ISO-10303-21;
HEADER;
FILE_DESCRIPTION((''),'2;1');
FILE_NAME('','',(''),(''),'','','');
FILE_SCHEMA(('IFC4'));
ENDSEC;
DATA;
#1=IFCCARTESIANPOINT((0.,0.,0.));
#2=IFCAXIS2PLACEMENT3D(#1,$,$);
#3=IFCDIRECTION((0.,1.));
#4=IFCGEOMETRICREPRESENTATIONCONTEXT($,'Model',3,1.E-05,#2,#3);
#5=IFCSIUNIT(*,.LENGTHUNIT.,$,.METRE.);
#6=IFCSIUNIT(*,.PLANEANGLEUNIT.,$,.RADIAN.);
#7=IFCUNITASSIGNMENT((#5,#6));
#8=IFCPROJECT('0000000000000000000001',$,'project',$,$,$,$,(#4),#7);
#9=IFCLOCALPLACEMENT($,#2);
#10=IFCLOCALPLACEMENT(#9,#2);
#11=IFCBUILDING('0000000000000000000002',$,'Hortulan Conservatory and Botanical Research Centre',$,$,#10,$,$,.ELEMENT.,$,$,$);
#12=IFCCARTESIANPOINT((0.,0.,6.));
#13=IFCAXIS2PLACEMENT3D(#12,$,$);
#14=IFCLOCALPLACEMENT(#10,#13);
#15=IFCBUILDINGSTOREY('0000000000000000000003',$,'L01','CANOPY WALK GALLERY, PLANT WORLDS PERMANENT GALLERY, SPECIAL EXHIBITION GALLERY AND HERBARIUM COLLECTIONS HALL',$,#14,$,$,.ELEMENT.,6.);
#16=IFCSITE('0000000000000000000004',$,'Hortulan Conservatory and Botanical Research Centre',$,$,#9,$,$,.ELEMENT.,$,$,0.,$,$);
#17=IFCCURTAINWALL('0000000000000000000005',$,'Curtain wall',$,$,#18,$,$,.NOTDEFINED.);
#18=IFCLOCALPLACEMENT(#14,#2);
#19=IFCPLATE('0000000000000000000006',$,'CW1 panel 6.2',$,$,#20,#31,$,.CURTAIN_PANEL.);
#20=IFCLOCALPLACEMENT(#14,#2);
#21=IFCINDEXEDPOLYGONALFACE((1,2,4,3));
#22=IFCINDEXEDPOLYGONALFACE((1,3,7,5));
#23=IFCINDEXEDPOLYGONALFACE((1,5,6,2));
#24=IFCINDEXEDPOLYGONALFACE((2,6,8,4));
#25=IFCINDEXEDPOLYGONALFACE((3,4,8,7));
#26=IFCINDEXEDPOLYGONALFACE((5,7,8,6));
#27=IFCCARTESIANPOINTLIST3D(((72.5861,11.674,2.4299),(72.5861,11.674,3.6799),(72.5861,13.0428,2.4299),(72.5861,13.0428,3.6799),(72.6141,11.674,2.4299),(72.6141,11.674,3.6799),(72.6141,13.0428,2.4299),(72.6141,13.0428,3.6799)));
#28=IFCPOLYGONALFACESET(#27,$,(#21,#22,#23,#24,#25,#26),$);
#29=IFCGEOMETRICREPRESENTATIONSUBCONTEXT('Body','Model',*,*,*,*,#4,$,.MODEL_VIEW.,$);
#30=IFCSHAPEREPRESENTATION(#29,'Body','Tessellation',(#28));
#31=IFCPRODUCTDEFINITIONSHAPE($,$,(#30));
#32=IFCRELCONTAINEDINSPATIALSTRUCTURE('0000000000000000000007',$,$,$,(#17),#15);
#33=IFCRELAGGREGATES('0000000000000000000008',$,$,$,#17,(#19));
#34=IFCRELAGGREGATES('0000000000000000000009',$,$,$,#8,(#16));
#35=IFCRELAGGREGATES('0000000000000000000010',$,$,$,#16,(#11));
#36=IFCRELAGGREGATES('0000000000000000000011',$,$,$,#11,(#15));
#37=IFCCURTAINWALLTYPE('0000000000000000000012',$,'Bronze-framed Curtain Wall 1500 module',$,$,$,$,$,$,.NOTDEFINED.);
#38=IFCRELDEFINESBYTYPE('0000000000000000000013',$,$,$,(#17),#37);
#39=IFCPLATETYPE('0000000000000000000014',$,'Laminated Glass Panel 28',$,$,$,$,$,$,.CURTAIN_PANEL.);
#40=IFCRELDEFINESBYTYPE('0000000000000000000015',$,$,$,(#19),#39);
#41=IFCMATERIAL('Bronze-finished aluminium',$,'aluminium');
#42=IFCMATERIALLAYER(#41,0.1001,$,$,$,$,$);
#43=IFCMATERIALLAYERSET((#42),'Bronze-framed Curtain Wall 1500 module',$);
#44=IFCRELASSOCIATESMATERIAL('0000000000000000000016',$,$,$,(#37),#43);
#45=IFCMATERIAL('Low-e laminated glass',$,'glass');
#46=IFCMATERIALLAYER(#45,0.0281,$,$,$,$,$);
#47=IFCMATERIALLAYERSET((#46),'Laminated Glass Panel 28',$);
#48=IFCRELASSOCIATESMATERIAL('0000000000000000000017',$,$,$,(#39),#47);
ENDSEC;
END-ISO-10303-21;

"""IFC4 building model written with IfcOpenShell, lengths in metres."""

from ifc_helpers import new_model, si_unit, direction, frame, origin, origin_2d, place, context, subcontext, project, spatial, rectangle, extrude, material, layer, layer_set, type_object, element, aggregate, save


model = new_model("IFC4")

# Units and contexts
model_context = context("Model", 3, precision=1e-05, world=origin(), true_north=direction((0.0, 1.0)))
body_context = subcontext(model_context, "Body", "Model", "MODEL_VIEW")
ifc_project = project(units=[si_unit("LENGTHUNIT", "METRE"), si_unit("PLANEANGLEUNIT", "RADIAN")], contexts=[model_context])

# Site, building, storey
site_placement = place(None, origin())
site = spatial("IfcSite", under=ifc_project, at=site_placement, Name="Hortulan Conservatory and Botanical Research Centre", CompositionType="ELEMENT", RefElevation=0.0)
building_placement = place(site_placement, origin())
building = spatial("IfcBuilding", under=site, at=building_placement, Name="Hortulan Conservatory and Botanical Research Centre", CompositionType="ELEMENT")
storey_placement = place(building_placement, frame((0.0, 0.0, 6.0)))
storey = spatial("IfcBuildingStorey", under=building, at=storey_placement, Name="L01", Description="CANOPY WALK GALLERY, PLANT WORLDS PERMANENT GALLERY, SPECIAL EXHIBITION GALLERY AND HERBARIUM COLLECTIONS HALL", CompositionType="ELEMENT", Elevation=6.0)

# Shared definitions
ifc_material_1 = material(Name="Bronze-finished aluminium", Category="aluminium")
ifc_layer_1 = layer(ifc_material_1, 0.1001)
ifc_layer_set_1 = layer_set([ifc_layer_1], Name="Bronze-framed Curtain Wall 1500 module")
curtain_wall_type = type_object("IfcCurtainWallType", Name="Bronze-framed Curtain Wall 1500 module", PredefinedType="NOTDEFINED", material=ifc_layer_set_1)

# Curtain wall
curtain_wall_1_placement = place(storey_placement, origin())
curtain_wall_1 = element("IfcCurtainWall", 1, at=curtain_wall_1_placement, inside=storey, type_object=curtain_wall_type, Name="Curtain wall", PredefinedType="NOTDEFINED")

# Plate
ifc_material_2 = material(Name="Low-e laminated glass", Category="glass")
ifc_layer_2 = layer(ifc_material_2, 0.0281)
ifc_layer_set_2 = layer_set([ifc_layer_2], Name="Laminated Glass Panel 28")
plate_type = type_object("IfcPlateType", Name="Laminated Glass Panel 28", PredefinedType="CURTAIN_PANEL", material=ifc_layer_set_2)
plate_1_placement = place(storey_placement, frame((72.6001, 12.3584, 2.4299), z_axis=(0.0, 0.0, 1.0), x_axis=(0.0, 1.0, 0.0)))
plate_1 = element("IfcPlate", 2, at=plate_1_placement, type_object=plate_type, Name="CW1 panel 6.2", PredefinedType="CURTAIN_PANEL", context=body_context, shape_type="SweptSolid", body=[
    extrude(rectangle(XDim=1.3689, YDim=0.0281, at=origin_2d()), origin(), (0.0, 0.0, 1.0), 1.25),
])
aggregate(curtain_wall_1, [plate_1])

save(model, "model.ifc")
